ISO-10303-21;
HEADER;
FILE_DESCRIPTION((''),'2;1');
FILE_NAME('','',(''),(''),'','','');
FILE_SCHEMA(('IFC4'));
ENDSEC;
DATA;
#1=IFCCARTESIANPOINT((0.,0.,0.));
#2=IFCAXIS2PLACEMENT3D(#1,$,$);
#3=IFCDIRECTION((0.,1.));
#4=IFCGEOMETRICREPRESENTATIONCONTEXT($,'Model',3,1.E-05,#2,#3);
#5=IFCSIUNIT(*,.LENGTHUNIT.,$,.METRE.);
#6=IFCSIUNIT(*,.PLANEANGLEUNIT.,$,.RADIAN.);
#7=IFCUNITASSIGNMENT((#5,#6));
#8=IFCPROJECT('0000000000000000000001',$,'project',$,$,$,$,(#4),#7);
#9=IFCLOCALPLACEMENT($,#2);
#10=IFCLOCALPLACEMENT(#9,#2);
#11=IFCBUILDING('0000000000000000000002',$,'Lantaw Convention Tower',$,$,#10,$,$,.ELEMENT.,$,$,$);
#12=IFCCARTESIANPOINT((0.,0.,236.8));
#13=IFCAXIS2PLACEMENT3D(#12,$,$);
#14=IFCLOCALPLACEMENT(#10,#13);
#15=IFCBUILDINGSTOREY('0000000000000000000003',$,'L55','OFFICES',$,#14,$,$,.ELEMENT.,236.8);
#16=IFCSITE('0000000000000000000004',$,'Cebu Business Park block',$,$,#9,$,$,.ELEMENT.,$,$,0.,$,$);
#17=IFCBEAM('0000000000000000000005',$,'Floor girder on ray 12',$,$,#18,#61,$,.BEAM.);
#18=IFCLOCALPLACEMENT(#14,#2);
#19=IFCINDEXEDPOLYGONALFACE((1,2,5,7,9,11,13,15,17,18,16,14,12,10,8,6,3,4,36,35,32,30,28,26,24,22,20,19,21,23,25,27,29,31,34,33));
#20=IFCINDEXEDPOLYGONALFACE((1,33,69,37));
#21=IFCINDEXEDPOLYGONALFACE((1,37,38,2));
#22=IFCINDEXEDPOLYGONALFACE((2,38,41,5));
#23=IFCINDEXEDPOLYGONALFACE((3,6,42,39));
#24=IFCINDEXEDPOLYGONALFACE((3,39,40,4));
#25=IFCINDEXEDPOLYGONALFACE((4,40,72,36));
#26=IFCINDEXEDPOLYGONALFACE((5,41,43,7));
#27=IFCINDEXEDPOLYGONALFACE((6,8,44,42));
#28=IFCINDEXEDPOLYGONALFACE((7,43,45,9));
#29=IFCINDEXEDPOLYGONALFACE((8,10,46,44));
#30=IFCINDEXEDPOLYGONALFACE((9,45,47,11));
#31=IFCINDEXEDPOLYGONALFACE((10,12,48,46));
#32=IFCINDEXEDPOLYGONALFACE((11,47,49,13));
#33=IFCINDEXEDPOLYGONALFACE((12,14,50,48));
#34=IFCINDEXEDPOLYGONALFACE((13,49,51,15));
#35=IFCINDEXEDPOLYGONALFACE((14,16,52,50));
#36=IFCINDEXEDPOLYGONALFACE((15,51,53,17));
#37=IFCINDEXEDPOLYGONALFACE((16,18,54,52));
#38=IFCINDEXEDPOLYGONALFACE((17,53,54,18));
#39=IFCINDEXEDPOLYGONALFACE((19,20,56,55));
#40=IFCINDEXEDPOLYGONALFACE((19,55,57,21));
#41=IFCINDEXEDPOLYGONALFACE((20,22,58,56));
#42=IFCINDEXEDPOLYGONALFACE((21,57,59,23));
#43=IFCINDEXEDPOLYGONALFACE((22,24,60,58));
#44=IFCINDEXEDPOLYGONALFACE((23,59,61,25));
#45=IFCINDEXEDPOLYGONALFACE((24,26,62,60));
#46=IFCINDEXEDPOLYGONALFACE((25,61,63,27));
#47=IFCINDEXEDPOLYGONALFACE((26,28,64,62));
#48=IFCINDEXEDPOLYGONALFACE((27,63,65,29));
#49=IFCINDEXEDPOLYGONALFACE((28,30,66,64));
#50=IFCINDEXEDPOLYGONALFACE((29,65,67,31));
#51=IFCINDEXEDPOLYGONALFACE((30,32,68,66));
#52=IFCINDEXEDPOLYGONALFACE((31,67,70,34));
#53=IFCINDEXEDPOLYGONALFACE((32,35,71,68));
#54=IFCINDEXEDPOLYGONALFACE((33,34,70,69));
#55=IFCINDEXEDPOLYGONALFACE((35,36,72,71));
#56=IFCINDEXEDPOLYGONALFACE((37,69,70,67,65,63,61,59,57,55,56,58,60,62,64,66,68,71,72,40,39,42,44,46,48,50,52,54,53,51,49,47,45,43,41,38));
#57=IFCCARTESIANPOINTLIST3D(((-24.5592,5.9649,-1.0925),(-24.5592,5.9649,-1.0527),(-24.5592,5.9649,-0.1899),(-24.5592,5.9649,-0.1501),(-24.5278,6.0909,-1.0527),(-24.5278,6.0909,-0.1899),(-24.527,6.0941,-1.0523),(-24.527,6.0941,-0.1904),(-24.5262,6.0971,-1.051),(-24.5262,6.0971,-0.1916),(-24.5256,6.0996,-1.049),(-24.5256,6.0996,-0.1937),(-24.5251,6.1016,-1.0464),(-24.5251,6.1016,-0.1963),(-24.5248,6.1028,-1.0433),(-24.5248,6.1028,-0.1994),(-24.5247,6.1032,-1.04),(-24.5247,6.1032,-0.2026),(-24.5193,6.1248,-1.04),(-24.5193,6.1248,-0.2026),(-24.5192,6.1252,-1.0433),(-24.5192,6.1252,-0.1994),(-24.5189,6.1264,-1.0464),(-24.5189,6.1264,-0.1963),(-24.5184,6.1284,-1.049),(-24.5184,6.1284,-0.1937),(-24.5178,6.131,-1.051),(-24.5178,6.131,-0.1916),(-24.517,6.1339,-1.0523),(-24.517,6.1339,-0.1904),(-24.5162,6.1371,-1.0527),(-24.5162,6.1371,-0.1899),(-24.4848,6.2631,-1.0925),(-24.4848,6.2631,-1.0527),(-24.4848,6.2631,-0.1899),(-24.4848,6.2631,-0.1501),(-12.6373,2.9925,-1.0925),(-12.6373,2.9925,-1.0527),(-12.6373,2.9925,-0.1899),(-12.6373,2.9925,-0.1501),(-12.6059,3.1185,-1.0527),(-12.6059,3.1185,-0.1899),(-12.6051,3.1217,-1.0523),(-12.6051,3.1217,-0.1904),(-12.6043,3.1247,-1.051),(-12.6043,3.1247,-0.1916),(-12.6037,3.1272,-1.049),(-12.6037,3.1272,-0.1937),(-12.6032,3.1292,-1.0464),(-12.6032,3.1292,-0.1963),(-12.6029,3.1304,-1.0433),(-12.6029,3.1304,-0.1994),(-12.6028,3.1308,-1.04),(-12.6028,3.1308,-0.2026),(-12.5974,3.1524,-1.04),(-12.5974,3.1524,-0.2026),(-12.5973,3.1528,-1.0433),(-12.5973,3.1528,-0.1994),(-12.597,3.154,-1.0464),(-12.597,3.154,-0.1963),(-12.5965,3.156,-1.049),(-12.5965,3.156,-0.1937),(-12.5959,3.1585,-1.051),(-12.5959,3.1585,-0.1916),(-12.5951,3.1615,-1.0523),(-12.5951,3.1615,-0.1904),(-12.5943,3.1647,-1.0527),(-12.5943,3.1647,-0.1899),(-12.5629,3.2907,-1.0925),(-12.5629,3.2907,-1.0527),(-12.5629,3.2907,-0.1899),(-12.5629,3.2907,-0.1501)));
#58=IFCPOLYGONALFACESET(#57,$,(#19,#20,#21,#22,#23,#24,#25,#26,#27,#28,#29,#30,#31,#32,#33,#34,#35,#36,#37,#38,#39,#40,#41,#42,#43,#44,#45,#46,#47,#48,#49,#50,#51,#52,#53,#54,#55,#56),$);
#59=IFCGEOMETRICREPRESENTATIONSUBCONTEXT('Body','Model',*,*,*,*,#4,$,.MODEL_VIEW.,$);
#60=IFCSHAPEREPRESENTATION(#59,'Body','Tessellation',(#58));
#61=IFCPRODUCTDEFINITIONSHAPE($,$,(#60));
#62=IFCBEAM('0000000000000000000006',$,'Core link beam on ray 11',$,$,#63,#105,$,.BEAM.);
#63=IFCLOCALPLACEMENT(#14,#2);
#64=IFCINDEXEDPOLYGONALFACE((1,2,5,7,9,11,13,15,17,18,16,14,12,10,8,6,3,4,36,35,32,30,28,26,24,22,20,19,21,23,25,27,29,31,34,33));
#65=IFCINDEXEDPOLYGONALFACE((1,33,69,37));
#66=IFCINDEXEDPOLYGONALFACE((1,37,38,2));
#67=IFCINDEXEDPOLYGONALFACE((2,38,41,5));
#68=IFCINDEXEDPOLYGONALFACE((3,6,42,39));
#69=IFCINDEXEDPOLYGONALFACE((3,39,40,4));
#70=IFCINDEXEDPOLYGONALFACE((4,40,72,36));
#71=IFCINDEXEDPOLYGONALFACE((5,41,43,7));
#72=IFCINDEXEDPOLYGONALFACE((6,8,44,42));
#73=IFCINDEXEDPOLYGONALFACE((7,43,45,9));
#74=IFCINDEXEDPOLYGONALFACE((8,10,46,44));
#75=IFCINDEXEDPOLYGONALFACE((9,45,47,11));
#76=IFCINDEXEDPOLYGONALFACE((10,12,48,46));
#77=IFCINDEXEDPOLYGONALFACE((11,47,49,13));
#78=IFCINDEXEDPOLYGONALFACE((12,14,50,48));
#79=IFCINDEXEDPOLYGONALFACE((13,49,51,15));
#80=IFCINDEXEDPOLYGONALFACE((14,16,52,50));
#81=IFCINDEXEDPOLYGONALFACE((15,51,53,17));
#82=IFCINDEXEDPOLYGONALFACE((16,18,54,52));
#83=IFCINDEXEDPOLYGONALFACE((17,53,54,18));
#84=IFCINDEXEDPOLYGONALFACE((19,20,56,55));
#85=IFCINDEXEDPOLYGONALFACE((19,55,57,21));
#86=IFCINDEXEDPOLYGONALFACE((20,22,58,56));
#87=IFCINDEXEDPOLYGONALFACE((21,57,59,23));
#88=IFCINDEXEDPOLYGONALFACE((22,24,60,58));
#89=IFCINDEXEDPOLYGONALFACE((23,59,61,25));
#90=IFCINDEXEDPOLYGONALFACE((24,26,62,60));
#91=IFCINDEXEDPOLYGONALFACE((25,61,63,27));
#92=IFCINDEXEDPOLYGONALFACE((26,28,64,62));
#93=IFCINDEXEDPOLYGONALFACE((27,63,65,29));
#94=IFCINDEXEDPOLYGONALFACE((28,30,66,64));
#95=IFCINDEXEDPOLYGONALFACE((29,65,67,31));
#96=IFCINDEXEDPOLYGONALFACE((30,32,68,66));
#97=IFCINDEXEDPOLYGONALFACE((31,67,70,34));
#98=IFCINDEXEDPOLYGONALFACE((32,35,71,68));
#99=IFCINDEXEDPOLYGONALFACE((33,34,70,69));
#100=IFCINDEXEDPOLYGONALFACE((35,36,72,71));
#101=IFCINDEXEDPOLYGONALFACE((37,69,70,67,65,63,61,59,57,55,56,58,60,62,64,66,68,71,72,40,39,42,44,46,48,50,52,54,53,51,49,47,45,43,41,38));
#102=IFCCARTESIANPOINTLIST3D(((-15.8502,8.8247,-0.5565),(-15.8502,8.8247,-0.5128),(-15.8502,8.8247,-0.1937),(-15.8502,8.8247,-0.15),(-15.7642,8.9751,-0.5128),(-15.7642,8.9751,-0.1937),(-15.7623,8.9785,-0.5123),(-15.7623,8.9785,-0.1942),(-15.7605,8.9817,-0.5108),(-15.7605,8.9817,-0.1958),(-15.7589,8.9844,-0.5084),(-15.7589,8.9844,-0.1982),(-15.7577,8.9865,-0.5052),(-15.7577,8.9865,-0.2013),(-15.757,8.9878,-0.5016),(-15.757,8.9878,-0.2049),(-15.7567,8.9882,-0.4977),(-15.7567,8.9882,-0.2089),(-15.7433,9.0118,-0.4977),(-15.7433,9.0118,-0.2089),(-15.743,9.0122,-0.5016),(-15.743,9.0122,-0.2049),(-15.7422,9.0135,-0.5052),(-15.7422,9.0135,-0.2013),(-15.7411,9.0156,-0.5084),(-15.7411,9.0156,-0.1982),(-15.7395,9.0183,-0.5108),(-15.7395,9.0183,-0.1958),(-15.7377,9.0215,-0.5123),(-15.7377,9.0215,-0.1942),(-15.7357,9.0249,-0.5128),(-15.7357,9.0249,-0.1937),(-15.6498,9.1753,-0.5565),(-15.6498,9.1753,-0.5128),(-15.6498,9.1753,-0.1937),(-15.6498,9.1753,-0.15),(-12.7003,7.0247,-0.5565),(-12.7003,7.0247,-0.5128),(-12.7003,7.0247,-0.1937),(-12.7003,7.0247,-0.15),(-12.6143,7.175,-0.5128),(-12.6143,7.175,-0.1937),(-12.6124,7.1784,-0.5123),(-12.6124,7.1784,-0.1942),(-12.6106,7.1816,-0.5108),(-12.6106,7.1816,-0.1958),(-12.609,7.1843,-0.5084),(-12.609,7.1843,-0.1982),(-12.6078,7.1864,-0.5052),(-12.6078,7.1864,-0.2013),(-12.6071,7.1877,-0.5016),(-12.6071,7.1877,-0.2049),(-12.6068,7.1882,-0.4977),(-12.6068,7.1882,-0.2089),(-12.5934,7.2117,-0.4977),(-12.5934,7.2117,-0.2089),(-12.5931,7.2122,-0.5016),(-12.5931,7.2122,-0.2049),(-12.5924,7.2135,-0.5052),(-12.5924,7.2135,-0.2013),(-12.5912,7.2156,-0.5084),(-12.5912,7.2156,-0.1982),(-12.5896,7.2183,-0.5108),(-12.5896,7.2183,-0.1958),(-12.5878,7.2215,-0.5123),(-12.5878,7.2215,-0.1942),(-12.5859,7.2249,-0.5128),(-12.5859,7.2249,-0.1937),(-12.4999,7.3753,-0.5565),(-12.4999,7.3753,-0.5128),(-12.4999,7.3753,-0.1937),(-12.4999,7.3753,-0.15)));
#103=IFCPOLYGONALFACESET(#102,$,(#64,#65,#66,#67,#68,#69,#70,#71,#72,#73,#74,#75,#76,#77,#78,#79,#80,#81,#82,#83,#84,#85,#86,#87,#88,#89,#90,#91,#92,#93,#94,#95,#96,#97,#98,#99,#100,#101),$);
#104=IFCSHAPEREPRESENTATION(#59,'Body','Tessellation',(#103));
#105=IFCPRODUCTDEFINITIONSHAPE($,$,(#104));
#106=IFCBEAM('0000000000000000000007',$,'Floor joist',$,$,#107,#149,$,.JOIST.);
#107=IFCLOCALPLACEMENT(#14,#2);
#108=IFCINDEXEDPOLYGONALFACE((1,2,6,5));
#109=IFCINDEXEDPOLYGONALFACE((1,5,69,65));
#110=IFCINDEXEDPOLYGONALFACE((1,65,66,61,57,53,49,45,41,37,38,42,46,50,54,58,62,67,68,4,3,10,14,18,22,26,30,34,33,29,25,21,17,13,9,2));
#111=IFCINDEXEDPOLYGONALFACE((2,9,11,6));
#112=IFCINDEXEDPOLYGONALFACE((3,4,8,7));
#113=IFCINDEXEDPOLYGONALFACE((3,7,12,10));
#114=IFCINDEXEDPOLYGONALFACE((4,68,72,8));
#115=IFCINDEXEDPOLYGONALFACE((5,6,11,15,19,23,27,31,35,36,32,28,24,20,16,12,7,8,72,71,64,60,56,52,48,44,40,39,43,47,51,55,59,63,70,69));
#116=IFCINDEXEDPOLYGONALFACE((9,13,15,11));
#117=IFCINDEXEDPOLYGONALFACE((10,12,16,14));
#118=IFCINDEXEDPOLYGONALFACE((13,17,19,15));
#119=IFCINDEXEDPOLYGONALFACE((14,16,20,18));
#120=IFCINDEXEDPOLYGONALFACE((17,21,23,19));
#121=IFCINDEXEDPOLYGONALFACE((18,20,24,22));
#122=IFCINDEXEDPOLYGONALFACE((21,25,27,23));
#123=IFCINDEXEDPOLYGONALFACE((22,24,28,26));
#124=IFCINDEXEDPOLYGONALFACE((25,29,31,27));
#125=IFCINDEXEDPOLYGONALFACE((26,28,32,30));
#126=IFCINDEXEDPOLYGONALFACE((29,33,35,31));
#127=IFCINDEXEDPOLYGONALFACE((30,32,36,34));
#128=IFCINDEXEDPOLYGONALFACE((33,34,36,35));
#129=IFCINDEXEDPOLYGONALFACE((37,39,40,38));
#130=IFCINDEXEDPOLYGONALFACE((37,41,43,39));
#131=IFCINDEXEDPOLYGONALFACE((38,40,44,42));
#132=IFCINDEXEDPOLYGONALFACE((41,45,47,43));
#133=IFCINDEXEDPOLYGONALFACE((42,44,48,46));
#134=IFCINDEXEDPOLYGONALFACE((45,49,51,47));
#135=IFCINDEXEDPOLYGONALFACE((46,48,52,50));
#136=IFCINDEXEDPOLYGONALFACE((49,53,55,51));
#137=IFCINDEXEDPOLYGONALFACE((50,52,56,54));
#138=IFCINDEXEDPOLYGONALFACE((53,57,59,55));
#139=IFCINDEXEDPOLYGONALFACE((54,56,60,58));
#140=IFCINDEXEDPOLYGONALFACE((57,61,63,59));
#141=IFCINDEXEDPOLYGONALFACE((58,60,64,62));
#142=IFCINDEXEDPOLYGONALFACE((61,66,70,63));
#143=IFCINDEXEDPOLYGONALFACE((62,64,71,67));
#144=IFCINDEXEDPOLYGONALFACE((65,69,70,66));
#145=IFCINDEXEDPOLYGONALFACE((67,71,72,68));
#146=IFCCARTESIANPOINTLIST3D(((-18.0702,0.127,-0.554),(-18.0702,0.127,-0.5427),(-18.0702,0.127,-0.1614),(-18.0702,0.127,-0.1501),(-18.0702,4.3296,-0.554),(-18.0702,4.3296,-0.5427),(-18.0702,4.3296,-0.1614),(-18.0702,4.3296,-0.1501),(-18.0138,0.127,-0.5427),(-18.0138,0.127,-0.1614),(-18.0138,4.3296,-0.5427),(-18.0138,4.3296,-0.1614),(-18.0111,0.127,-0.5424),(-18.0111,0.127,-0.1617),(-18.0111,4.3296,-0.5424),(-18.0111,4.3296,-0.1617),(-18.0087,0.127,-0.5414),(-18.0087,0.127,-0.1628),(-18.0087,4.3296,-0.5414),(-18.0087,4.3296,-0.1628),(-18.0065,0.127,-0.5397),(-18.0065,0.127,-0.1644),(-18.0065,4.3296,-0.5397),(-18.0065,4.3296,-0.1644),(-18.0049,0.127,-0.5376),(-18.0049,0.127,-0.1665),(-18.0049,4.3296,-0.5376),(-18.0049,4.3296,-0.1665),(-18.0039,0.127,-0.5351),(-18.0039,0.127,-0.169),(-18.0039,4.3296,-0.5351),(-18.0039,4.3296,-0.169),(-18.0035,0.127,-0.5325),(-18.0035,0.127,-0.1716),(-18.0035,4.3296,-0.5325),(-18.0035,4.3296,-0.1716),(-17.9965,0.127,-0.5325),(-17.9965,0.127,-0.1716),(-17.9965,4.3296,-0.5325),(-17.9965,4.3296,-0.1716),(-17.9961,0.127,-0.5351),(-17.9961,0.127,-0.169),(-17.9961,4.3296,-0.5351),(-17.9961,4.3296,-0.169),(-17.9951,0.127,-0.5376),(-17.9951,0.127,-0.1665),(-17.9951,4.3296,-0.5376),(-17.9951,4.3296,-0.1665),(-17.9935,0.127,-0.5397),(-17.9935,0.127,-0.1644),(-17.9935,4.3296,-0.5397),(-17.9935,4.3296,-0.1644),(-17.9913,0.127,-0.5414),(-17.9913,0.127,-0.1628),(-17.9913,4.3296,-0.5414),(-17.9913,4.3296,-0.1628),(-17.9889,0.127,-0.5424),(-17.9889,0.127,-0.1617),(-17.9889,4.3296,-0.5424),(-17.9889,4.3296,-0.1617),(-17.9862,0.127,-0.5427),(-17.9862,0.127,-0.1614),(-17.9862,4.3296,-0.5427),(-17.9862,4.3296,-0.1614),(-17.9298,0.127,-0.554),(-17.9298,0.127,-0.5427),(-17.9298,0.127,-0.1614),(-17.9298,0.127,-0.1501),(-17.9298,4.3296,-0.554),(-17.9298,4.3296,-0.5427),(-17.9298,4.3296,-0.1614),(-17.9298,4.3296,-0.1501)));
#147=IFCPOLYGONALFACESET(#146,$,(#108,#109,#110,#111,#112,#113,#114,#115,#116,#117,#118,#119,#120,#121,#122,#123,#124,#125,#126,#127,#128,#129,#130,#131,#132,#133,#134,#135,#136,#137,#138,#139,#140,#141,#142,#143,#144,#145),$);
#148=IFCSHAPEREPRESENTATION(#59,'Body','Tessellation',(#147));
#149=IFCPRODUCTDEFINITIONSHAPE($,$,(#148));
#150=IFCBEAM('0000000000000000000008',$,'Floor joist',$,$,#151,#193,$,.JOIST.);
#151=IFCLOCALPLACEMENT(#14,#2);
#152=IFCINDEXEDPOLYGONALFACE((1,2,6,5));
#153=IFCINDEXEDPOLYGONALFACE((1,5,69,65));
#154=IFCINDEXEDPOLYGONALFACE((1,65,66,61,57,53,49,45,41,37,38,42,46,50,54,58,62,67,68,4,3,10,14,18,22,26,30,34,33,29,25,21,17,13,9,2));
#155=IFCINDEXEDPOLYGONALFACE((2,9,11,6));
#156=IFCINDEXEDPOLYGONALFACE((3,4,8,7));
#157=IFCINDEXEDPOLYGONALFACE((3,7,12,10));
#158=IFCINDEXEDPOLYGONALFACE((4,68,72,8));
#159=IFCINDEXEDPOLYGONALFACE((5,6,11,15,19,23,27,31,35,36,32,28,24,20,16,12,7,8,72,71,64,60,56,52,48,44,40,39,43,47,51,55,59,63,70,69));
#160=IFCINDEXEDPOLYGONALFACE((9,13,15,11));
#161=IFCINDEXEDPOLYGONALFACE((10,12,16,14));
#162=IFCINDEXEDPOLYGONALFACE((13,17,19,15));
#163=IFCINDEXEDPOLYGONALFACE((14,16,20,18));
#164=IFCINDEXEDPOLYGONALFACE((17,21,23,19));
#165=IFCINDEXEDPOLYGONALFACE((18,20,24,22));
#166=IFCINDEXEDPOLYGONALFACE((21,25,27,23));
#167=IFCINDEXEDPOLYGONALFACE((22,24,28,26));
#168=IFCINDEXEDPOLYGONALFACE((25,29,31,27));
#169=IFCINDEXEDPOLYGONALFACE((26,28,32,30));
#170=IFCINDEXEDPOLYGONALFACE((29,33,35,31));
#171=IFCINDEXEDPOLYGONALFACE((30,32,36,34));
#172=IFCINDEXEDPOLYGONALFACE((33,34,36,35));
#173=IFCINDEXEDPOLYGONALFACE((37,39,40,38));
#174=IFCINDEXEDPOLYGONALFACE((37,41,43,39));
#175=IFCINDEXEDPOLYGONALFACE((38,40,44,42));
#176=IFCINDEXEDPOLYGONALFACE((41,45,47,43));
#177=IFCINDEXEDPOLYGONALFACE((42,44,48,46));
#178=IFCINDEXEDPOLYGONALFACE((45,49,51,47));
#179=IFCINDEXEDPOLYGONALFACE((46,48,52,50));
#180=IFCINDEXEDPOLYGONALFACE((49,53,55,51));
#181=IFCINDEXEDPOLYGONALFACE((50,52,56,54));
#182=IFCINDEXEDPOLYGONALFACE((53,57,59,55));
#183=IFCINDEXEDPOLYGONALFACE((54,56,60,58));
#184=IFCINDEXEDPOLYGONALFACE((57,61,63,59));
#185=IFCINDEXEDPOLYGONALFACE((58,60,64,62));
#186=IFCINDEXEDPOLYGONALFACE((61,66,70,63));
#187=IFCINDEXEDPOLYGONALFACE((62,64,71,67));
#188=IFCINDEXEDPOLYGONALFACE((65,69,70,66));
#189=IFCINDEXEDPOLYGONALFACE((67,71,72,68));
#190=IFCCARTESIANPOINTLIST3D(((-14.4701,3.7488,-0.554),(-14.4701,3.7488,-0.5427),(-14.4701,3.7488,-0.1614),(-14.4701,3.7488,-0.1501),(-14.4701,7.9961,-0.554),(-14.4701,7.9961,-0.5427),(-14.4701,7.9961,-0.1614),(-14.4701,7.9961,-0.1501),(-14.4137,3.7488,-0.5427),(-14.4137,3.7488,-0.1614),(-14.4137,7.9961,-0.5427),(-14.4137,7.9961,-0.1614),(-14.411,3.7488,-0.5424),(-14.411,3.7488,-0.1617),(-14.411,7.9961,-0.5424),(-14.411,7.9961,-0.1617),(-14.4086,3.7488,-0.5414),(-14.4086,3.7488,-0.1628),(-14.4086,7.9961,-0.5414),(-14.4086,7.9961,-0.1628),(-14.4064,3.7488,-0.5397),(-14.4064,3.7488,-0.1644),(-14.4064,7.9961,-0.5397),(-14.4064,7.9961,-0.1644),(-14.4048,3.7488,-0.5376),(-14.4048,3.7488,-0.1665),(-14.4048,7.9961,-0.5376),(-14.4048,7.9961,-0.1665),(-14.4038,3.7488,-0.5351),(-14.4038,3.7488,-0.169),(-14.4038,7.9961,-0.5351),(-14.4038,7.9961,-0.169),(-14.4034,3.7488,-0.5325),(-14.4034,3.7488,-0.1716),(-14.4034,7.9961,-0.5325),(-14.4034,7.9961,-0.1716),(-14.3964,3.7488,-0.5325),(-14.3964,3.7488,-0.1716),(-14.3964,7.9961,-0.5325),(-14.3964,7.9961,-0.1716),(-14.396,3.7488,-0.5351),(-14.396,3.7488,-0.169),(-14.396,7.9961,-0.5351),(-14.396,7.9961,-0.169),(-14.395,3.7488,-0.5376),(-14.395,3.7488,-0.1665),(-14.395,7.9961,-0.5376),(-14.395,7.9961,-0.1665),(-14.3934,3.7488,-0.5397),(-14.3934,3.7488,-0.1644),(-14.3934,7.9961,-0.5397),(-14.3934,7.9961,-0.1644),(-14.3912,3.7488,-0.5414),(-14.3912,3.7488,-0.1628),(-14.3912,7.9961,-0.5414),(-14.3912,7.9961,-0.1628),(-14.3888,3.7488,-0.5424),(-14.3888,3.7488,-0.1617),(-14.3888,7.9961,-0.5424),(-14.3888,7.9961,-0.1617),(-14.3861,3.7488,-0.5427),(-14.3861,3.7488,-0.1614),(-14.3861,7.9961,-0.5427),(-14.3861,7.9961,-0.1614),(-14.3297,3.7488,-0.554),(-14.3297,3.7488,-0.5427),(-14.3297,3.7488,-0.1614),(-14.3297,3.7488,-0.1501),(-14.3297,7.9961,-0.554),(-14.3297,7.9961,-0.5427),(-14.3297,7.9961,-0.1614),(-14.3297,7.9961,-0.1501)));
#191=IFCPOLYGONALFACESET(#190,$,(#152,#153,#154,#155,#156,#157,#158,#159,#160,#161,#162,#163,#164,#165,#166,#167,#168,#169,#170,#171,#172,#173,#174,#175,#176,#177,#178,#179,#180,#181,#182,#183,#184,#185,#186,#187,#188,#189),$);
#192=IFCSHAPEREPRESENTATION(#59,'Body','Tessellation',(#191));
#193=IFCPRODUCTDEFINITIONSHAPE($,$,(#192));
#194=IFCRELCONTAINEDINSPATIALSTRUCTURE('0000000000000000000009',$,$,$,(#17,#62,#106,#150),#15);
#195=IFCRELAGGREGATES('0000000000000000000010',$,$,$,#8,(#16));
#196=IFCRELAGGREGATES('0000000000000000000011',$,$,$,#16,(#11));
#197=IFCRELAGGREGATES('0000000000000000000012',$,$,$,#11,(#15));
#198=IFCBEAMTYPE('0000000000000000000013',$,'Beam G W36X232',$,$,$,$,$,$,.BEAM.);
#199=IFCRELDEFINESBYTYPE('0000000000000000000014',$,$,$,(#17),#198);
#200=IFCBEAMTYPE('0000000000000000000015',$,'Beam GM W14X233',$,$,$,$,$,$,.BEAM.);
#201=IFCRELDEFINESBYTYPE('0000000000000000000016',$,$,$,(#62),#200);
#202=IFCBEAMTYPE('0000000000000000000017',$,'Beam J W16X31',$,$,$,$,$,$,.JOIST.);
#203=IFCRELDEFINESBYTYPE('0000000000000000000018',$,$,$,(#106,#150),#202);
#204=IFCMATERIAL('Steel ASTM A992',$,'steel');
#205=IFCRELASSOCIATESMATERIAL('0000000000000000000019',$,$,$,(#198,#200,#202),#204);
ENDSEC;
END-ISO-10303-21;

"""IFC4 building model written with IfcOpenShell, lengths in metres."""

from ifc_helpers import new_model, si_unit, direction, frame, origin, origin_2d, place, context, subcontext, project, spatial, i_section, extrude, material, material_profile, profile_set, type_object, element, save


model = new_model("IFC4")

# Units and contexts
model_context = context("Model", 3, precision=1e-05, world=origin(), true_north=direction((0.0, 1.0)))
body_context = subcontext(model_context, "Body", "Model", "MODEL_VIEW")
ifc_project = project(units=[si_unit("LENGTHUNIT", "METRE"), si_unit("PLANEANGLEUNIT", "RADIAN")], contexts=[model_context])

# Site, building, storey
site_placement = place(None, origin())
site = spatial("IfcSite", under=ifc_project, at=site_placement, Name="Cebu Business Park block", CompositionType="ELEMENT", RefElevation=0.0)
building_placement = place(site_placement, origin())
building = spatial("IfcBuilding", under=site, at=building_placement, Name="Lantaw Convention Tower", CompositionType="ELEMENT")
storey_placement = place(building_placement, frame((0.0, 0.0, 236.8)))
storey = spatial("IfcBuildingStorey", under=building, at=storey_placement, Name="L55", Description="OFFICES", CompositionType="ELEMENT", Elevation=236.8)

# Beams
ifc_material_1 = material(Name="Steel ASTM A992", Category="steel")
ifc_material_profile_1 = material_profile(ifc_material_1, i_section(OverallWidth=0.3074, OverallDepth=0.9424, WebThickness=0.0222, FlangeThickness=0.0398, FilletRadius=0.0127, at=origin_2d()), Name="W36X232")
ifc_profile_set_1 = profile_set([ifc_material_profile_1], Name="Steel ASTM A992")
beam_type_1 = type_object("IfcBeamType", Name="Beam G W36X232", PredefinedType="BEAM", material=ifc_profile_set_1)
beam_1_placement = place(storey_placement, frame((-12.6001, 3.1416, -0.6213), z_axis=(-0.970297, 0.241918, 0.0), x_axis=(-0.241918, -0.970297, 0.0)))
element("IfcBeam", 1, at=beam_1_placement, inside=storey, type_object=beam_type_1, Name="Floor girder on ray 12", PredefinedType="BEAM", context=body_context, shape_type="SweptSolid", body=[
    extrude(i_section(OverallWidth=0.3074, OverallDepth=0.9424, WebThickness=0.0222, FlangeThickness=0.0398, FilletRadius=0.0127, at=origin_2d()), origin(), (0.0, 0.0, 1.0), 12.2869),
])
ifc_material_profile_2 = material_profile(ifc_material_1, i_section(OverallWidth=0.4038, OverallDepth=0.4065, WebThickness=0.0271, FlangeThickness=0.0437, FilletRadius=0.0151, at=origin_2d()), Name="W14X233")
ifc_profile_set_2 = profile_set([ifc_material_profile_2], Name="Steel ASTM A992")
beam_type_2 = type_object("IfcBeamType", Name="Beam GM W14X233", PredefinedType="BEAM", material=ifc_profile_set_2)
beam_2_placement = place(storey_placement, frame((-12.6001, 7.2, -0.3533), z_axis=(-0.868231, 0.496161, 0.0), x_axis=(-0.496161, -0.868231, 0.0)))
element("IfcBeam", 2, at=beam_2_placement, inside=storey, type_object=beam_type_2, Name="Core link beam on ray 11", PredefinedType="BEAM", context=body_context, shape_type="SweptSolid", body=[
    extrude(i_section(OverallWidth=0.4038, OverallDepth=0.4065, WebThickness=0.0271, FlangeThickness=0.0437, FilletRadius=0.0151, at=origin_2d()), origin(), (0.0, 0.0, 1.0), 3.6279),
])
ifc_material_profile_3 = material_profile(ifc_material_1, i_section(OverallWidth=0.1404, OverallDepth=0.4038, WebThickness=0.0071, FlangeThickness=0.0112, FilletRadius=0.0103, at=origin_2d()), Name="W16X31")
ifc_profile_set_3 = profile_set([ifc_material_profile_3], Name="Steel ASTM A992")
beam_type_3 = type_object("IfcBeamType", Name="Beam J W16X31", PredefinedType="JOIST", material=ifc_profile_set_3)
beam_3_placement = place(storey_placement, frame((-18.0, 0.127, -0.3521), z_axis=(0.0, 1.0, 0.0), x_axis=(-1.0, 0.0, 0.0)))
element("IfcBeam", 3, at=beam_3_placement, inside=storey, type_object=beam_type_3, Name="Floor joist", PredefinedType="JOIST", context=body_context, shape_type="SweptSolid", body=[
    extrude(i_section(OverallWidth=0.1404, OverallDepth=0.4038, WebThickness=0.0071, FlangeThickness=0.0112, FilletRadius=0.0103, at=origin_2d()), origin(), (0.0, 0.0, 1.0), 4.2026),
])
beam_4_placement = place(storey_placement, frame((-14.3999, 3.7488, -0.3521), z_axis=(0.0, 1.0, 0.0), x_axis=(-1.0, 0.0, 0.0)))
element("IfcBeam", 4, at=beam_4_placement, inside=storey, type_object=beam_type_3, Name="Floor joist", PredefinedType="JOIST", context=body_context, shape_type="SweptSolid", body=[
    extrude(i_section(OverallWidth=0.1404, OverallDepth=0.4038, WebThickness=0.0071, FlangeThickness=0.0112, FilletRadius=0.0103, at=origin_2d()), origin(), (0.0, 0.0, 1.0), 4.2473),
])

save(model, "model.ifc")
